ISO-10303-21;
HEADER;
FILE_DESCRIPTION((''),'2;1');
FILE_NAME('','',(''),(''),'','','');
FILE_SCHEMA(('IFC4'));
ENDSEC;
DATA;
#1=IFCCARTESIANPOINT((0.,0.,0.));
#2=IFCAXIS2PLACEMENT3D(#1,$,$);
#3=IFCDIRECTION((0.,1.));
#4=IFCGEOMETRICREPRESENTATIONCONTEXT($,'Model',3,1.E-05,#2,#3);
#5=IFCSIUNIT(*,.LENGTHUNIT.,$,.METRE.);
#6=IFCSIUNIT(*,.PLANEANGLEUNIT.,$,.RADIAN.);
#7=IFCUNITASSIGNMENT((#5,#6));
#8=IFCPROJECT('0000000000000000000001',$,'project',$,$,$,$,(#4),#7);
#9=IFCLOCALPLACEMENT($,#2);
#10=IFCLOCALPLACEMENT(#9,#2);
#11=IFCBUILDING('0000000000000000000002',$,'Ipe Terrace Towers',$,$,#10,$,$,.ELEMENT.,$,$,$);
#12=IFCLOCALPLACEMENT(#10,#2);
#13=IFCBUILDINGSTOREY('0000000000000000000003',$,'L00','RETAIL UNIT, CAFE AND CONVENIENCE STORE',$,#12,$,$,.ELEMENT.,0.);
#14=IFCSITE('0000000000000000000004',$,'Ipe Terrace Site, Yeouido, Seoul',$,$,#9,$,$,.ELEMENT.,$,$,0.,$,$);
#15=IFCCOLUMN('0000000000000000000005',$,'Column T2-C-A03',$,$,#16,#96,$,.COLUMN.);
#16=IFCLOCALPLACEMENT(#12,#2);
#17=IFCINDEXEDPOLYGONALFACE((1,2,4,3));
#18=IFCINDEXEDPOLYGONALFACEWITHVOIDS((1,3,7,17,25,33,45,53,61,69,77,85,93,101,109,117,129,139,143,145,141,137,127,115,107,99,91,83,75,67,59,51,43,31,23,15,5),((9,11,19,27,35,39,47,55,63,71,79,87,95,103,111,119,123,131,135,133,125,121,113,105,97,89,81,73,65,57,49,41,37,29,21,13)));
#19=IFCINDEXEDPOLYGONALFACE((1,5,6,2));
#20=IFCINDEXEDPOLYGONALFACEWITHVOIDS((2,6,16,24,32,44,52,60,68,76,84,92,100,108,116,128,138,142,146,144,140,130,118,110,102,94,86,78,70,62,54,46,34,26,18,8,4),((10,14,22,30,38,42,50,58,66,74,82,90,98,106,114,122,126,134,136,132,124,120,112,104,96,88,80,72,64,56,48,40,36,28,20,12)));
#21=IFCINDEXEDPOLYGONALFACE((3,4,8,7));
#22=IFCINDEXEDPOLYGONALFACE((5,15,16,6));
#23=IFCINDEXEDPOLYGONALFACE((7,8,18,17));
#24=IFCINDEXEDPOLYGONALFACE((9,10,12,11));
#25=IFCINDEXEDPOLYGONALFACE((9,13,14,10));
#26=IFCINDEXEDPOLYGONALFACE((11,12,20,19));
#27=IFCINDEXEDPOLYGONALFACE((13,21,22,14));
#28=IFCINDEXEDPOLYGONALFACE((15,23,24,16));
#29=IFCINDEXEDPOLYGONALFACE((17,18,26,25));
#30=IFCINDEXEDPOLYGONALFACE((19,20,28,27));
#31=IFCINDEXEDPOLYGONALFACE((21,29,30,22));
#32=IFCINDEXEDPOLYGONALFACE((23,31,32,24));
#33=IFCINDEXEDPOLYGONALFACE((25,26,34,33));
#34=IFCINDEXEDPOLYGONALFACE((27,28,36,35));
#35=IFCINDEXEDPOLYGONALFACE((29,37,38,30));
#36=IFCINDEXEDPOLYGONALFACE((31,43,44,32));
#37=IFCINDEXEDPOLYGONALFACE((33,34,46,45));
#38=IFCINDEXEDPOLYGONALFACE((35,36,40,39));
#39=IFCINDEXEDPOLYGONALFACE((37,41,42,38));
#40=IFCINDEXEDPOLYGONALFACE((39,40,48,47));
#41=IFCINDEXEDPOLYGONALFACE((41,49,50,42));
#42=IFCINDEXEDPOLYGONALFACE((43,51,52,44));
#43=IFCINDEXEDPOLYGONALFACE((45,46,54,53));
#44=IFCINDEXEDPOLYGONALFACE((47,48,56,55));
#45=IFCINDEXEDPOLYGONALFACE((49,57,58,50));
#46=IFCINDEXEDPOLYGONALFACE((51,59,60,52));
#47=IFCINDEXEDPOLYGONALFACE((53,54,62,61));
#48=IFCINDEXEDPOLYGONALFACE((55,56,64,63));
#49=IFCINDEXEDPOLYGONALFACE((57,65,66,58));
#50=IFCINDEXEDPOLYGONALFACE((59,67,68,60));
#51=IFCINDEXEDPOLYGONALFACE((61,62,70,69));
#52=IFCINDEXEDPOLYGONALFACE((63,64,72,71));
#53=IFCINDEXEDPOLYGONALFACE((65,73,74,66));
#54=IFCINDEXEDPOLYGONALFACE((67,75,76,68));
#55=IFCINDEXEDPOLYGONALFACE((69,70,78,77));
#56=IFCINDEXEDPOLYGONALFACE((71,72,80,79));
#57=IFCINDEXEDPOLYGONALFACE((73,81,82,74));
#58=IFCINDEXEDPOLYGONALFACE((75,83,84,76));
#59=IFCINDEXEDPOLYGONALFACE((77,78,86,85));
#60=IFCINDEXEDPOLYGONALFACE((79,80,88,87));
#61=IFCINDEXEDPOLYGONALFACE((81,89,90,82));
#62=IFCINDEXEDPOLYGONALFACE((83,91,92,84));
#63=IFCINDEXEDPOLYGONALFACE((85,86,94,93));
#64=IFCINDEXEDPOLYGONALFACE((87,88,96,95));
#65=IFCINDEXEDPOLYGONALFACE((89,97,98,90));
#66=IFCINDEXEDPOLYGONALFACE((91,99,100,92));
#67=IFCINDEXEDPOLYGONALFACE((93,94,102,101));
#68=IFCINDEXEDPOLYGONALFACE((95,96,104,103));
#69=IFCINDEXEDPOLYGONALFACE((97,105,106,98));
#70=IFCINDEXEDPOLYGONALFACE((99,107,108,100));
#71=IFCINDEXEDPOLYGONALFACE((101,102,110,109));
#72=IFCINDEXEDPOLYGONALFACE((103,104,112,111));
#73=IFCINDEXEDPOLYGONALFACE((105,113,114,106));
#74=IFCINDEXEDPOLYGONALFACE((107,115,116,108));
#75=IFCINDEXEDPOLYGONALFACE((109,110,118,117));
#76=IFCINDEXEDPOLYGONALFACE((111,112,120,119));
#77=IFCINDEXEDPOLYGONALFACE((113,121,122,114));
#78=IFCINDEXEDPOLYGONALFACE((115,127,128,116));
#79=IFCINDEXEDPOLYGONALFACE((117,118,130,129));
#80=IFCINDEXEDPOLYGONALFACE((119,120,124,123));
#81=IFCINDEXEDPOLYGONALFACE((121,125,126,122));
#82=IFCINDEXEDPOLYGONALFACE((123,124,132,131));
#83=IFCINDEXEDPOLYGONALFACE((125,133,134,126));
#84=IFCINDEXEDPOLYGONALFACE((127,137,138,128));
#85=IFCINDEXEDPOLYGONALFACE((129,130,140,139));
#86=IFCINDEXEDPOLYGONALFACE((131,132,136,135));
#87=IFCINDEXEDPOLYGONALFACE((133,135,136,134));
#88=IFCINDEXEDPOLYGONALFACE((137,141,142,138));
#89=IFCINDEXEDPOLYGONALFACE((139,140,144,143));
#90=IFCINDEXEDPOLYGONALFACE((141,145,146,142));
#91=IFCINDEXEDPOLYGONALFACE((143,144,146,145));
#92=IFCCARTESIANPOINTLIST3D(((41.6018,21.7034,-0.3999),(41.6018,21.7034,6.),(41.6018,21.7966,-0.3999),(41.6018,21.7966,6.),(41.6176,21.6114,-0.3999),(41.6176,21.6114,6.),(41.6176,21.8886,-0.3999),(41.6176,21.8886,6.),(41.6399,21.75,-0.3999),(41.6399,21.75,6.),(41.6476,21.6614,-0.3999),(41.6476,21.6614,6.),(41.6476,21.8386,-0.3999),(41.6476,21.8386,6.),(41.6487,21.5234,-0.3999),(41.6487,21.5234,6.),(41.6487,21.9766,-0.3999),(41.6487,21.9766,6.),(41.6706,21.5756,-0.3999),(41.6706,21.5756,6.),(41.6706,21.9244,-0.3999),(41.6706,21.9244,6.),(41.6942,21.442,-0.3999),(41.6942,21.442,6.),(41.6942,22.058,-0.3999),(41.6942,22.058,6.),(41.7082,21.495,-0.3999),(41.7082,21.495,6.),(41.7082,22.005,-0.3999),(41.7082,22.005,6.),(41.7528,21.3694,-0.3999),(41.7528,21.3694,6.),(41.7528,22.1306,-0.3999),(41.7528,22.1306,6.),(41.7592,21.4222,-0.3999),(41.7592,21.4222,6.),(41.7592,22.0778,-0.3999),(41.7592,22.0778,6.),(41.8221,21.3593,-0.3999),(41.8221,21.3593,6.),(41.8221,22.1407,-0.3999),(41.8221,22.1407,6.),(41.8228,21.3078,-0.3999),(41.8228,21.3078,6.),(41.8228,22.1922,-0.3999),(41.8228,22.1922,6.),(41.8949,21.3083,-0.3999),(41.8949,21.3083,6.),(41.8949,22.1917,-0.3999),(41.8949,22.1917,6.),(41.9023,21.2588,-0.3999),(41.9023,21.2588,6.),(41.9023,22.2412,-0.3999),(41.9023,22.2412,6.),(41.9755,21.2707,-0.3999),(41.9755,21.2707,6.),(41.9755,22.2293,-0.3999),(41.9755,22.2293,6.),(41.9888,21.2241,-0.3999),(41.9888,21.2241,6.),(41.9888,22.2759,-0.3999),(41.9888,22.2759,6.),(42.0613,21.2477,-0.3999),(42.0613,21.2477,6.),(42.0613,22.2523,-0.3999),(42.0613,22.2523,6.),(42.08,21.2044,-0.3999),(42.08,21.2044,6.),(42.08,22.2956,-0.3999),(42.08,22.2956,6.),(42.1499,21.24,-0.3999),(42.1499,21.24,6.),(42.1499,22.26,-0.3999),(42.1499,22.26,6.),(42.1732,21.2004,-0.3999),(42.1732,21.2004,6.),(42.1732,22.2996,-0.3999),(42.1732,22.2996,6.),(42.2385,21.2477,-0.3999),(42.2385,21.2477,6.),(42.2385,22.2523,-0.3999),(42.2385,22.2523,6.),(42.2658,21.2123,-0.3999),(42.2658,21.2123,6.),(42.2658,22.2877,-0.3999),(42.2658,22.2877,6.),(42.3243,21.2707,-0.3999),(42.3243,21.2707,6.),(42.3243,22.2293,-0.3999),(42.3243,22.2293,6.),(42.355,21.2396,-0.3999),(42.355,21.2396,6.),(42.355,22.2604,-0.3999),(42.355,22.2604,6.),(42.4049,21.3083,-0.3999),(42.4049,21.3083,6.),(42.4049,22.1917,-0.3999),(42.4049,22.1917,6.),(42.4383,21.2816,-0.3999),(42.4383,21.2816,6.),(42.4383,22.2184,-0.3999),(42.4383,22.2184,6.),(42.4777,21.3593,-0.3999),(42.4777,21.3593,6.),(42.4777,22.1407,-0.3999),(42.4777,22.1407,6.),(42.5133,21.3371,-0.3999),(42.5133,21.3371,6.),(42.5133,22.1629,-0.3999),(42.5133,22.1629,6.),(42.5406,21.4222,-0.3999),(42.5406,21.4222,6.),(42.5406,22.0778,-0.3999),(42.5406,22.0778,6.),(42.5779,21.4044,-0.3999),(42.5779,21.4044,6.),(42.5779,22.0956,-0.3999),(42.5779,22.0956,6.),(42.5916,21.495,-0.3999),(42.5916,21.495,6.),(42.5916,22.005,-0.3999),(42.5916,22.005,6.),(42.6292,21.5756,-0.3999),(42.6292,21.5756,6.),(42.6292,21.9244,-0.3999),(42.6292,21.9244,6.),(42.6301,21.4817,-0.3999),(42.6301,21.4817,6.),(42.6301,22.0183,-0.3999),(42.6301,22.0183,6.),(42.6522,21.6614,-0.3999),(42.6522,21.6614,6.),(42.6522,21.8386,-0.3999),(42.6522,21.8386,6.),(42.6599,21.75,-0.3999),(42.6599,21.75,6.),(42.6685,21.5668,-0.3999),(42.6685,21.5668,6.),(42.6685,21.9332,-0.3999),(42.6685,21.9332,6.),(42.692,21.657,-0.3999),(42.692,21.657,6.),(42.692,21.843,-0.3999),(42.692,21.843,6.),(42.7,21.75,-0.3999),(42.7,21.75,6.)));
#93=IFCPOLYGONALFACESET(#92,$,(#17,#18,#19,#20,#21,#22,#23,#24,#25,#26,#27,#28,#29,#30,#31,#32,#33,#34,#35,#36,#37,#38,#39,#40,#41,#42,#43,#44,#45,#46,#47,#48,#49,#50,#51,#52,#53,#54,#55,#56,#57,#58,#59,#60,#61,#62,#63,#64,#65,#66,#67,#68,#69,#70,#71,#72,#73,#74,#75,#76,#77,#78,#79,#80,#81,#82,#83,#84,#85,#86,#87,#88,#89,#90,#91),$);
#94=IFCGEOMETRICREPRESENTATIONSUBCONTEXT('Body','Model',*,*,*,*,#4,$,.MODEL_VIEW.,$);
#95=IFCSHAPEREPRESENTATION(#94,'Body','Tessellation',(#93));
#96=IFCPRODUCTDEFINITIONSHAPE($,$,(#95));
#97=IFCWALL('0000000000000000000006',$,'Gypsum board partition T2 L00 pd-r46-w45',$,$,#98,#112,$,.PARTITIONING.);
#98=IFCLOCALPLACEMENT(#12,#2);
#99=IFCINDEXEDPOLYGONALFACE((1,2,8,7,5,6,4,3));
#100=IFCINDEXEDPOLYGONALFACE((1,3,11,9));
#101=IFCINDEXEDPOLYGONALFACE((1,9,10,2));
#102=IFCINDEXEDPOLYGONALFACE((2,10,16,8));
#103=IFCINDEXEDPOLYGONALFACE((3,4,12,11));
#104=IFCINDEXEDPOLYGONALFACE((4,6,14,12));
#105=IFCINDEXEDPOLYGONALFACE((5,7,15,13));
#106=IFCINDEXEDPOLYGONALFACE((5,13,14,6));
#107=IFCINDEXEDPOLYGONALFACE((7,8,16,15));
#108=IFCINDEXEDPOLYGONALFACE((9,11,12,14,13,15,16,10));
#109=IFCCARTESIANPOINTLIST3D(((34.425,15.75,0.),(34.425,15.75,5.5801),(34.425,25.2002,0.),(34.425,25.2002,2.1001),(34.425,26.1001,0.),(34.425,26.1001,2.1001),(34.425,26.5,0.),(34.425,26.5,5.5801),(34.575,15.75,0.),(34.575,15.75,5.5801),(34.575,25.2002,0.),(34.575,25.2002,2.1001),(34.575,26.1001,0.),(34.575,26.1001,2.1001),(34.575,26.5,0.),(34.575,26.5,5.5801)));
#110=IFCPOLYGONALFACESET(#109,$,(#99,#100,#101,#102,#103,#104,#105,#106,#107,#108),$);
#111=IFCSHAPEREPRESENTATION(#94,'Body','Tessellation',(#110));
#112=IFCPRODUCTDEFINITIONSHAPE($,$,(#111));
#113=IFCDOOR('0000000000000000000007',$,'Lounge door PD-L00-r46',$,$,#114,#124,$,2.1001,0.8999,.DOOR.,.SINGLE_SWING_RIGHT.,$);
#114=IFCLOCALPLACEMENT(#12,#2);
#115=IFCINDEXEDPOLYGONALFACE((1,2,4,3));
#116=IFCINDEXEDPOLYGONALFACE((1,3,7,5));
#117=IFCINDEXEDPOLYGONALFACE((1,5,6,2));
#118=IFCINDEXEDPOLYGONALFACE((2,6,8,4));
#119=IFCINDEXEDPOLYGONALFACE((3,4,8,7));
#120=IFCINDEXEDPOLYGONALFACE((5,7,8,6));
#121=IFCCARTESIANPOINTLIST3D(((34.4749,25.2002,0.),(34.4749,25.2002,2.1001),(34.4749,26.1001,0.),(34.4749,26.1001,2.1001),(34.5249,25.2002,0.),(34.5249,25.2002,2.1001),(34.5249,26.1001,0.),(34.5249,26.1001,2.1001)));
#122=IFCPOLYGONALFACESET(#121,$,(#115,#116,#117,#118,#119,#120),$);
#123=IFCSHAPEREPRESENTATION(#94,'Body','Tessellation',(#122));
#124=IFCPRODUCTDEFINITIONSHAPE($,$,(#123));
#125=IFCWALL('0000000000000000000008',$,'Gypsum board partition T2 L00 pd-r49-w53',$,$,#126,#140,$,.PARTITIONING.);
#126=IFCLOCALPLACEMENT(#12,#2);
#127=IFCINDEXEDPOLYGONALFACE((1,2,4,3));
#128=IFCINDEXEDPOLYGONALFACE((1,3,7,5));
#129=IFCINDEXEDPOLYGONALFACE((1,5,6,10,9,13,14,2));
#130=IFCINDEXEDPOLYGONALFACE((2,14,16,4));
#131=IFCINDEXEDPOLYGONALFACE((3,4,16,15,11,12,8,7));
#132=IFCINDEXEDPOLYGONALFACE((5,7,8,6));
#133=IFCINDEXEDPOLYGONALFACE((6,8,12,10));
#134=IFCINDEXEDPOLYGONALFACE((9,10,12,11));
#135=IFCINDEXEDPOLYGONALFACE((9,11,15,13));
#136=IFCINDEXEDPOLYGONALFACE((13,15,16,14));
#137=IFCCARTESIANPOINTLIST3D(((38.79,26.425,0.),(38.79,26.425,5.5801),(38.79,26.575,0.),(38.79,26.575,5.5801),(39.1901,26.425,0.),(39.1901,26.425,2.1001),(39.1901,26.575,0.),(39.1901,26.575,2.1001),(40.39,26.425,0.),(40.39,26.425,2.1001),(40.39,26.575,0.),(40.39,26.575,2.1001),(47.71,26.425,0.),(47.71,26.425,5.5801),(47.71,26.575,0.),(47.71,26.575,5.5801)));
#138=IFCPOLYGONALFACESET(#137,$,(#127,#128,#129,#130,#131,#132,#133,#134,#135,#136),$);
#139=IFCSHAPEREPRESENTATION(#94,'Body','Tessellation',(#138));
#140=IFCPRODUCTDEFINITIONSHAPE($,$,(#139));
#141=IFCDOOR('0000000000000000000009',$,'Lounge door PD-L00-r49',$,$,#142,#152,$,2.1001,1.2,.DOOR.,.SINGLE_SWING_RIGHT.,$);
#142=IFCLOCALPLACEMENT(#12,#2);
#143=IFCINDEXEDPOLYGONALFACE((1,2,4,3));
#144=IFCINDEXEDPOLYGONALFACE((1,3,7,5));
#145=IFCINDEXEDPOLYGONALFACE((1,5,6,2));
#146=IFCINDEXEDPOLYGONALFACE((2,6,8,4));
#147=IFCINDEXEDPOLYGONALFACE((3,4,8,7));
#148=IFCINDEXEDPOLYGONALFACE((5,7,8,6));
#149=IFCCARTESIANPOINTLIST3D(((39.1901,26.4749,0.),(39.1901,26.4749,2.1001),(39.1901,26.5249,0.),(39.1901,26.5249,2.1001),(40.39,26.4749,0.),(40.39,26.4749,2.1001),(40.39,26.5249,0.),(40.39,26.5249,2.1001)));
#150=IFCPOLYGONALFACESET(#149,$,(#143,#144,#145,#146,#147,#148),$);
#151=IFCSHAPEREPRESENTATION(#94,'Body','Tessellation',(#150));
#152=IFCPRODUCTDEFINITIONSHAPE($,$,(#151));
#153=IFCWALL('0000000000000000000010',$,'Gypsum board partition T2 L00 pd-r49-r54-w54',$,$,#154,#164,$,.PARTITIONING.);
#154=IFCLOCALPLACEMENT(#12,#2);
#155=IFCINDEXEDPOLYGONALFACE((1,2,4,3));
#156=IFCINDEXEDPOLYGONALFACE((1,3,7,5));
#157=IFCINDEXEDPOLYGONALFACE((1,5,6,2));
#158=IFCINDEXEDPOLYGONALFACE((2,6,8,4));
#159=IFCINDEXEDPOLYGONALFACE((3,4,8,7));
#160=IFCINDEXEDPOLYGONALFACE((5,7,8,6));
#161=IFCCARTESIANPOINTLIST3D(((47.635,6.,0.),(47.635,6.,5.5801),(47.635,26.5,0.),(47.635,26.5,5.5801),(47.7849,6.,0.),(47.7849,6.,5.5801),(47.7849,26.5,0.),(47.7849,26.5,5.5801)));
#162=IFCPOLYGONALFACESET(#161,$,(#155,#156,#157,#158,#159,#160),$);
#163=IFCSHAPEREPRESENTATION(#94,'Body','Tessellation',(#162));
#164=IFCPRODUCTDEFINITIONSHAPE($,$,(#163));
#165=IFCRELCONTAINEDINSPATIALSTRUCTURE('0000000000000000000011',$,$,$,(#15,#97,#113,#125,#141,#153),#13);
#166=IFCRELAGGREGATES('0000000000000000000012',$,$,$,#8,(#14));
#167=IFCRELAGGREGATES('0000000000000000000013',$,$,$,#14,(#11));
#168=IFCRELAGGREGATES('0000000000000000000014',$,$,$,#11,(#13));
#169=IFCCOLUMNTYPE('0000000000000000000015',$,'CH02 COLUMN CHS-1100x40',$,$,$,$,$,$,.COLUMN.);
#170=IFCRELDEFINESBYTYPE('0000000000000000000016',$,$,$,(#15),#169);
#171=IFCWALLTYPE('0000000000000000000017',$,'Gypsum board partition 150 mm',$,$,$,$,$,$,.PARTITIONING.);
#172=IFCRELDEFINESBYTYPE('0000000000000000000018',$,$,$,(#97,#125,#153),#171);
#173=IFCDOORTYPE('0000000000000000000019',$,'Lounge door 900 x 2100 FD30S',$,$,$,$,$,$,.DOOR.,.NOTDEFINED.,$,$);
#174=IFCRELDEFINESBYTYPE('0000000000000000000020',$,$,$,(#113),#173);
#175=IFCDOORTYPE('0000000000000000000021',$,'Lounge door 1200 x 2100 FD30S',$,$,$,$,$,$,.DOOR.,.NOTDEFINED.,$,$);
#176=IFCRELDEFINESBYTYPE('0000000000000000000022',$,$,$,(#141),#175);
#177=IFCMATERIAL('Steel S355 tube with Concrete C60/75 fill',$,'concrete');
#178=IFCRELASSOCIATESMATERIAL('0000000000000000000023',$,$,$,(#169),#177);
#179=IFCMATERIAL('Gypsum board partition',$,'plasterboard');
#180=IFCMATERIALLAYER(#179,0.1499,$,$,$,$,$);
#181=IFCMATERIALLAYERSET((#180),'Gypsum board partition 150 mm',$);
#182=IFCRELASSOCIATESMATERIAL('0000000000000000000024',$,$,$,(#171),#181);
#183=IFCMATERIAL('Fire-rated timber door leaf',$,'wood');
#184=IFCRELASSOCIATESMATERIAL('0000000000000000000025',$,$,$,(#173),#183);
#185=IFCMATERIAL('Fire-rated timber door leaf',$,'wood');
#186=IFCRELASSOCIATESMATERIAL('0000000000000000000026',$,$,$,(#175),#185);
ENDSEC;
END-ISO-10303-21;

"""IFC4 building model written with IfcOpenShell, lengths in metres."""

from ifc_helpers import new_model, si_unit, direction, frame, frame_2d, origin, origin_2d, place, context, subcontext, project, spatial, rectangle, hollow_circle, extrude, material, layer, layer_set, material_profile, profile_set, type_object, element, fill, save


model = new_model("IFC4")

# Units and contexts
model_context = context("Model", 3, precision=1e-05, world=origin(), true_north=direction((0.0, 1.0)))
body_context = subcontext(model_context, "Body", "Model", "MODEL_VIEW")
ifc_project = project(units=[si_unit("LENGTHUNIT", "METRE"), si_unit("PLANEANGLEUNIT", "RADIAN")], contexts=[model_context])

# Site, building, storey
site_placement = place(None, origin())
site = spatial("IfcSite", under=ifc_project, at=site_placement, Name="Ipe Terrace Site, Yeouido, Seoul", CompositionType="ELEMENT", RefElevation=0.0)
building_placement = place(site_placement, origin())
building = spatial("IfcBuilding", under=site, at=building_placement, Name="Ipe Terrace Towers", CompositionType="ELEMENT")
storey_placement = place(building_placement, origin())
storey = spatial("IfcBuildingStorey", under=building, at=storey_placement, Name="L00", Description="RETAIL UNIT, CAFE AND CONVENIENCE STORE", CompositionType="ELEMENT", Elevation=0.0)

# Column
ifc_material_1 = material(Name="Steel S355 tube with Concrete C60/75 fill", Category="concrete")
ifc_material_profile_1 = material_profile(ifc_material_1, hollow_circle(Radius=0.55, WallThickness=0.04, at=origin_2d()), Name="CHS-1100x40")
ifc_profile_set_1 = profile_set([ifc_material_profile_1], Name="Steel S355 tube with Concrete C60/75 fill")
column_type = type_object("IfcColumnType", Name="CH02 COLUMN CHS-1100x40", PredefinedType="COLUMN", material=ifc_profile_set_1)
for number, where, z_axis, x_axis, name in (
    (1, (42.1499, 21.75, -0.3999), (0.0, 0.0, 1.0), (1.0, 0.0, 0.0), "Column T2-C-A03"),
):
    element("IfcColumn", number, at=place(storey_placement, frame(where, z_axis=z_axis, x_axis=x_axis)), inside=storey, type_object=column_type, Name=name, PredefinedType="COLUMN", context=body_context, shape_type="SweptSolid", body=[
        extrude(hollow_circle(Radius=0.55, WallThickness=0.04, at=origin_2d()), origin(), (0.0, 0.0, 1.0), 6.3999),
    ])

# Walls, openings, doors
ifc_material_2 = material(Name="Gypsum board partition", Category="plasterboard")
ifc_layer_1 = layer(ifc_material_2, 0.1499)
ifc_layer_set_1 = layer_set([ifc_layer_1], Name="Gypsum board partition 150 mm")
wall_type_1 = type_object("IfcWallType", Name="Gypsum board partition 150 mm", PredefinedType="PARTITIONING", material=ifc_layer_set_1)
wall_1_placement = place(storey_placement, frame((34.5, 26.5, 0.0), z_axis=(0.0, 0.0, 1.0), x_axis=(0.0, -1.0, 0.0)))
wall_1 = element("IfcWall", 2, at=wall_1_placement, inside=storey, type_object=wall_type_1, Name="Gypsum board partition T2 L00 pd-r46-w45", PredefinedType="PARTITIONING", context=body_context, shape_type="SweptSolid", body=[
    extrude(rectangle(XDim=10.75, YDim=0.1499, at=frame_2d((5.375, 0.0))), origin(), (0.0, 0.0, 1.0), 5.5801),
])
opening_1_placement = place(wall_1_placement, frame((0.3999, 0.0, 0.0)))
opening_1 = element("IfcOpeningElement", 3, at=opening_1_placement, cuts=wall_1, PredefinedType="OPENING", context=body_context, shape_type="SweptSolid", body=[
    extrude(rectangle(XDim=0.8999, YDim=2.1001, at=frame_2d((0.45, 1.05))), frame((0.0, 0.085, 0.0), z_axis=(0.0, -1.0, 0.0), x_axis=(1.0, 0.0, 0.0)), (0.0, 0.0, 1.0), 0.1699),
])
ifc_material_3 = material(Name="Fire-rated timber door leaf", Category="wood")
door_type_1 = type_object("IfcDoorType", Name="Lounge door 900 x 2100 FD30S", OperationType="NOTDEFINED", PredefinedType="DOOR", material=ifc_material_3)
door_1_placement = place(opening_1_placement, origin())
door_1 = element("IfcDoor", 4, at=door_1_placement, inside=storey, type_object=door_type_1, Name="Lounge door PD-L00-r46", OperationType="SINGLE_SWING_RIGHT", OverallHeight=2.1001, OverallWidth=0.8999, PredefinedType="DOOR", context=body_context, shape_type="SweptSolid", body=[
    extrude(rectangle(XDim=0.8999, YDim=2.1001, at=frame_2d((0.45, 1.05))), frame((0.0, 0.0249, 0.0), z_axis=(0.0, -1.0, 0.0), x_axis=(1.0, 0.0, 0.0)), (0.0, 0.0, 1.0), 0.05),
])
fill(opening_1, door_1)
wall_2_placement = place(storey_placement, frame((38.79, 26.5, 0.0), z_axis=(0.0, 0.0, 1.0), x_axis=(1.0, 0.0, 0.0)))
wall_2 = element("IfcWall", 5, at=wall_2_placement, inside=storey, type_object=wall_type_1, Name="Gypsum board partition T2 L00 pd-r49-w53", PredefinedType="PARTITIONING", context=body_context, shape_type="SweptSolid", body=[
    extrude(rectangle(XDim=8.9199, YDim=0.1499, at=frame_2d((4.46, 0.0))), origin(), (0.0, 0.0, 1.0), 5.5801),
])
opening_2_placement = place(wall_2_placement, frame((0.3999, 0.0, 0.0)))
opening_2 = element("IfcOpeningElement", 6, at=opening_2_placement, cuts=wall_2, PredefinedType="OPENING", context=body_context, shape_type="SweptSolid", body=[
    extrude(rectangle(XDim=1.2, YDim=2.1001, at=frame_2d((0.6001, 1.05))), frame((0.0, 0.085, 0.0), z_axis=(0.0, -1.0, 0.0), x_axis=(1.0, 0.0, 0.0)), (0.0, 0.0, 1.0), 0.1699),
])
ifc_material_4 = material(Name="Fire-rated timber door leaf", Category="wood")
door_type_2 = type_object("IfcDoorType", Name="Lounge door 1200 x 2100 FD30S", OperationType="NOTDEFINED", PredefinedType="DOOR", material=ifc_material_4)
door_2_placement = place(opening_2_placement, origin())
door_2 = element("IfcDoor", 7, at=door_2_placement, inside=storey, type_object=door_type_2, Name="Lounge door PD-L00-r49", OperationType="SINGLE_SWING_RIGHT", OverallHeight=2.1001, OverallWidth=1.2, PredefinedType="DOOR", context=body_context, shape_type="SweptSolid", body=[
    extrude(rectangle(XDim=1.2, YDim=2.1001, at=frame_2d((0.6001, 1.05))), frame((0.0, 0.0249, 0.0), z_axis=(0.0, -1.0, 0.0), x_axis=(1.0, 0.0, 0.0)), (0.0, 0.0, 1.0), 0.05),
])
fill(opening_2, door_2)

# Wall
wall_3_placement = place(storey_placement, frame((47.71, 26.5, 0.0), z_axis=(0.0, 0.0, 1.0), x_axis=(0.0, -1.0, 0.0)))
element("IfcWall", 8, at=wall_3_placement, inside=storey, type_object=wall_type_1, Name="Gypsum board partition T2 L00 pd-r49-r54-w54", PredefinedType="PARTITIONING", context=body_context, shape_type="SweptSolid", body=[
    extrude(rectangle(XDim=20.5, YDim=0.1499, at=frame_2d((10.25, 0.0))), origin(), (0.0, 0.0, 1.0), 5.5801),
])

save(model, "model.ifc")
